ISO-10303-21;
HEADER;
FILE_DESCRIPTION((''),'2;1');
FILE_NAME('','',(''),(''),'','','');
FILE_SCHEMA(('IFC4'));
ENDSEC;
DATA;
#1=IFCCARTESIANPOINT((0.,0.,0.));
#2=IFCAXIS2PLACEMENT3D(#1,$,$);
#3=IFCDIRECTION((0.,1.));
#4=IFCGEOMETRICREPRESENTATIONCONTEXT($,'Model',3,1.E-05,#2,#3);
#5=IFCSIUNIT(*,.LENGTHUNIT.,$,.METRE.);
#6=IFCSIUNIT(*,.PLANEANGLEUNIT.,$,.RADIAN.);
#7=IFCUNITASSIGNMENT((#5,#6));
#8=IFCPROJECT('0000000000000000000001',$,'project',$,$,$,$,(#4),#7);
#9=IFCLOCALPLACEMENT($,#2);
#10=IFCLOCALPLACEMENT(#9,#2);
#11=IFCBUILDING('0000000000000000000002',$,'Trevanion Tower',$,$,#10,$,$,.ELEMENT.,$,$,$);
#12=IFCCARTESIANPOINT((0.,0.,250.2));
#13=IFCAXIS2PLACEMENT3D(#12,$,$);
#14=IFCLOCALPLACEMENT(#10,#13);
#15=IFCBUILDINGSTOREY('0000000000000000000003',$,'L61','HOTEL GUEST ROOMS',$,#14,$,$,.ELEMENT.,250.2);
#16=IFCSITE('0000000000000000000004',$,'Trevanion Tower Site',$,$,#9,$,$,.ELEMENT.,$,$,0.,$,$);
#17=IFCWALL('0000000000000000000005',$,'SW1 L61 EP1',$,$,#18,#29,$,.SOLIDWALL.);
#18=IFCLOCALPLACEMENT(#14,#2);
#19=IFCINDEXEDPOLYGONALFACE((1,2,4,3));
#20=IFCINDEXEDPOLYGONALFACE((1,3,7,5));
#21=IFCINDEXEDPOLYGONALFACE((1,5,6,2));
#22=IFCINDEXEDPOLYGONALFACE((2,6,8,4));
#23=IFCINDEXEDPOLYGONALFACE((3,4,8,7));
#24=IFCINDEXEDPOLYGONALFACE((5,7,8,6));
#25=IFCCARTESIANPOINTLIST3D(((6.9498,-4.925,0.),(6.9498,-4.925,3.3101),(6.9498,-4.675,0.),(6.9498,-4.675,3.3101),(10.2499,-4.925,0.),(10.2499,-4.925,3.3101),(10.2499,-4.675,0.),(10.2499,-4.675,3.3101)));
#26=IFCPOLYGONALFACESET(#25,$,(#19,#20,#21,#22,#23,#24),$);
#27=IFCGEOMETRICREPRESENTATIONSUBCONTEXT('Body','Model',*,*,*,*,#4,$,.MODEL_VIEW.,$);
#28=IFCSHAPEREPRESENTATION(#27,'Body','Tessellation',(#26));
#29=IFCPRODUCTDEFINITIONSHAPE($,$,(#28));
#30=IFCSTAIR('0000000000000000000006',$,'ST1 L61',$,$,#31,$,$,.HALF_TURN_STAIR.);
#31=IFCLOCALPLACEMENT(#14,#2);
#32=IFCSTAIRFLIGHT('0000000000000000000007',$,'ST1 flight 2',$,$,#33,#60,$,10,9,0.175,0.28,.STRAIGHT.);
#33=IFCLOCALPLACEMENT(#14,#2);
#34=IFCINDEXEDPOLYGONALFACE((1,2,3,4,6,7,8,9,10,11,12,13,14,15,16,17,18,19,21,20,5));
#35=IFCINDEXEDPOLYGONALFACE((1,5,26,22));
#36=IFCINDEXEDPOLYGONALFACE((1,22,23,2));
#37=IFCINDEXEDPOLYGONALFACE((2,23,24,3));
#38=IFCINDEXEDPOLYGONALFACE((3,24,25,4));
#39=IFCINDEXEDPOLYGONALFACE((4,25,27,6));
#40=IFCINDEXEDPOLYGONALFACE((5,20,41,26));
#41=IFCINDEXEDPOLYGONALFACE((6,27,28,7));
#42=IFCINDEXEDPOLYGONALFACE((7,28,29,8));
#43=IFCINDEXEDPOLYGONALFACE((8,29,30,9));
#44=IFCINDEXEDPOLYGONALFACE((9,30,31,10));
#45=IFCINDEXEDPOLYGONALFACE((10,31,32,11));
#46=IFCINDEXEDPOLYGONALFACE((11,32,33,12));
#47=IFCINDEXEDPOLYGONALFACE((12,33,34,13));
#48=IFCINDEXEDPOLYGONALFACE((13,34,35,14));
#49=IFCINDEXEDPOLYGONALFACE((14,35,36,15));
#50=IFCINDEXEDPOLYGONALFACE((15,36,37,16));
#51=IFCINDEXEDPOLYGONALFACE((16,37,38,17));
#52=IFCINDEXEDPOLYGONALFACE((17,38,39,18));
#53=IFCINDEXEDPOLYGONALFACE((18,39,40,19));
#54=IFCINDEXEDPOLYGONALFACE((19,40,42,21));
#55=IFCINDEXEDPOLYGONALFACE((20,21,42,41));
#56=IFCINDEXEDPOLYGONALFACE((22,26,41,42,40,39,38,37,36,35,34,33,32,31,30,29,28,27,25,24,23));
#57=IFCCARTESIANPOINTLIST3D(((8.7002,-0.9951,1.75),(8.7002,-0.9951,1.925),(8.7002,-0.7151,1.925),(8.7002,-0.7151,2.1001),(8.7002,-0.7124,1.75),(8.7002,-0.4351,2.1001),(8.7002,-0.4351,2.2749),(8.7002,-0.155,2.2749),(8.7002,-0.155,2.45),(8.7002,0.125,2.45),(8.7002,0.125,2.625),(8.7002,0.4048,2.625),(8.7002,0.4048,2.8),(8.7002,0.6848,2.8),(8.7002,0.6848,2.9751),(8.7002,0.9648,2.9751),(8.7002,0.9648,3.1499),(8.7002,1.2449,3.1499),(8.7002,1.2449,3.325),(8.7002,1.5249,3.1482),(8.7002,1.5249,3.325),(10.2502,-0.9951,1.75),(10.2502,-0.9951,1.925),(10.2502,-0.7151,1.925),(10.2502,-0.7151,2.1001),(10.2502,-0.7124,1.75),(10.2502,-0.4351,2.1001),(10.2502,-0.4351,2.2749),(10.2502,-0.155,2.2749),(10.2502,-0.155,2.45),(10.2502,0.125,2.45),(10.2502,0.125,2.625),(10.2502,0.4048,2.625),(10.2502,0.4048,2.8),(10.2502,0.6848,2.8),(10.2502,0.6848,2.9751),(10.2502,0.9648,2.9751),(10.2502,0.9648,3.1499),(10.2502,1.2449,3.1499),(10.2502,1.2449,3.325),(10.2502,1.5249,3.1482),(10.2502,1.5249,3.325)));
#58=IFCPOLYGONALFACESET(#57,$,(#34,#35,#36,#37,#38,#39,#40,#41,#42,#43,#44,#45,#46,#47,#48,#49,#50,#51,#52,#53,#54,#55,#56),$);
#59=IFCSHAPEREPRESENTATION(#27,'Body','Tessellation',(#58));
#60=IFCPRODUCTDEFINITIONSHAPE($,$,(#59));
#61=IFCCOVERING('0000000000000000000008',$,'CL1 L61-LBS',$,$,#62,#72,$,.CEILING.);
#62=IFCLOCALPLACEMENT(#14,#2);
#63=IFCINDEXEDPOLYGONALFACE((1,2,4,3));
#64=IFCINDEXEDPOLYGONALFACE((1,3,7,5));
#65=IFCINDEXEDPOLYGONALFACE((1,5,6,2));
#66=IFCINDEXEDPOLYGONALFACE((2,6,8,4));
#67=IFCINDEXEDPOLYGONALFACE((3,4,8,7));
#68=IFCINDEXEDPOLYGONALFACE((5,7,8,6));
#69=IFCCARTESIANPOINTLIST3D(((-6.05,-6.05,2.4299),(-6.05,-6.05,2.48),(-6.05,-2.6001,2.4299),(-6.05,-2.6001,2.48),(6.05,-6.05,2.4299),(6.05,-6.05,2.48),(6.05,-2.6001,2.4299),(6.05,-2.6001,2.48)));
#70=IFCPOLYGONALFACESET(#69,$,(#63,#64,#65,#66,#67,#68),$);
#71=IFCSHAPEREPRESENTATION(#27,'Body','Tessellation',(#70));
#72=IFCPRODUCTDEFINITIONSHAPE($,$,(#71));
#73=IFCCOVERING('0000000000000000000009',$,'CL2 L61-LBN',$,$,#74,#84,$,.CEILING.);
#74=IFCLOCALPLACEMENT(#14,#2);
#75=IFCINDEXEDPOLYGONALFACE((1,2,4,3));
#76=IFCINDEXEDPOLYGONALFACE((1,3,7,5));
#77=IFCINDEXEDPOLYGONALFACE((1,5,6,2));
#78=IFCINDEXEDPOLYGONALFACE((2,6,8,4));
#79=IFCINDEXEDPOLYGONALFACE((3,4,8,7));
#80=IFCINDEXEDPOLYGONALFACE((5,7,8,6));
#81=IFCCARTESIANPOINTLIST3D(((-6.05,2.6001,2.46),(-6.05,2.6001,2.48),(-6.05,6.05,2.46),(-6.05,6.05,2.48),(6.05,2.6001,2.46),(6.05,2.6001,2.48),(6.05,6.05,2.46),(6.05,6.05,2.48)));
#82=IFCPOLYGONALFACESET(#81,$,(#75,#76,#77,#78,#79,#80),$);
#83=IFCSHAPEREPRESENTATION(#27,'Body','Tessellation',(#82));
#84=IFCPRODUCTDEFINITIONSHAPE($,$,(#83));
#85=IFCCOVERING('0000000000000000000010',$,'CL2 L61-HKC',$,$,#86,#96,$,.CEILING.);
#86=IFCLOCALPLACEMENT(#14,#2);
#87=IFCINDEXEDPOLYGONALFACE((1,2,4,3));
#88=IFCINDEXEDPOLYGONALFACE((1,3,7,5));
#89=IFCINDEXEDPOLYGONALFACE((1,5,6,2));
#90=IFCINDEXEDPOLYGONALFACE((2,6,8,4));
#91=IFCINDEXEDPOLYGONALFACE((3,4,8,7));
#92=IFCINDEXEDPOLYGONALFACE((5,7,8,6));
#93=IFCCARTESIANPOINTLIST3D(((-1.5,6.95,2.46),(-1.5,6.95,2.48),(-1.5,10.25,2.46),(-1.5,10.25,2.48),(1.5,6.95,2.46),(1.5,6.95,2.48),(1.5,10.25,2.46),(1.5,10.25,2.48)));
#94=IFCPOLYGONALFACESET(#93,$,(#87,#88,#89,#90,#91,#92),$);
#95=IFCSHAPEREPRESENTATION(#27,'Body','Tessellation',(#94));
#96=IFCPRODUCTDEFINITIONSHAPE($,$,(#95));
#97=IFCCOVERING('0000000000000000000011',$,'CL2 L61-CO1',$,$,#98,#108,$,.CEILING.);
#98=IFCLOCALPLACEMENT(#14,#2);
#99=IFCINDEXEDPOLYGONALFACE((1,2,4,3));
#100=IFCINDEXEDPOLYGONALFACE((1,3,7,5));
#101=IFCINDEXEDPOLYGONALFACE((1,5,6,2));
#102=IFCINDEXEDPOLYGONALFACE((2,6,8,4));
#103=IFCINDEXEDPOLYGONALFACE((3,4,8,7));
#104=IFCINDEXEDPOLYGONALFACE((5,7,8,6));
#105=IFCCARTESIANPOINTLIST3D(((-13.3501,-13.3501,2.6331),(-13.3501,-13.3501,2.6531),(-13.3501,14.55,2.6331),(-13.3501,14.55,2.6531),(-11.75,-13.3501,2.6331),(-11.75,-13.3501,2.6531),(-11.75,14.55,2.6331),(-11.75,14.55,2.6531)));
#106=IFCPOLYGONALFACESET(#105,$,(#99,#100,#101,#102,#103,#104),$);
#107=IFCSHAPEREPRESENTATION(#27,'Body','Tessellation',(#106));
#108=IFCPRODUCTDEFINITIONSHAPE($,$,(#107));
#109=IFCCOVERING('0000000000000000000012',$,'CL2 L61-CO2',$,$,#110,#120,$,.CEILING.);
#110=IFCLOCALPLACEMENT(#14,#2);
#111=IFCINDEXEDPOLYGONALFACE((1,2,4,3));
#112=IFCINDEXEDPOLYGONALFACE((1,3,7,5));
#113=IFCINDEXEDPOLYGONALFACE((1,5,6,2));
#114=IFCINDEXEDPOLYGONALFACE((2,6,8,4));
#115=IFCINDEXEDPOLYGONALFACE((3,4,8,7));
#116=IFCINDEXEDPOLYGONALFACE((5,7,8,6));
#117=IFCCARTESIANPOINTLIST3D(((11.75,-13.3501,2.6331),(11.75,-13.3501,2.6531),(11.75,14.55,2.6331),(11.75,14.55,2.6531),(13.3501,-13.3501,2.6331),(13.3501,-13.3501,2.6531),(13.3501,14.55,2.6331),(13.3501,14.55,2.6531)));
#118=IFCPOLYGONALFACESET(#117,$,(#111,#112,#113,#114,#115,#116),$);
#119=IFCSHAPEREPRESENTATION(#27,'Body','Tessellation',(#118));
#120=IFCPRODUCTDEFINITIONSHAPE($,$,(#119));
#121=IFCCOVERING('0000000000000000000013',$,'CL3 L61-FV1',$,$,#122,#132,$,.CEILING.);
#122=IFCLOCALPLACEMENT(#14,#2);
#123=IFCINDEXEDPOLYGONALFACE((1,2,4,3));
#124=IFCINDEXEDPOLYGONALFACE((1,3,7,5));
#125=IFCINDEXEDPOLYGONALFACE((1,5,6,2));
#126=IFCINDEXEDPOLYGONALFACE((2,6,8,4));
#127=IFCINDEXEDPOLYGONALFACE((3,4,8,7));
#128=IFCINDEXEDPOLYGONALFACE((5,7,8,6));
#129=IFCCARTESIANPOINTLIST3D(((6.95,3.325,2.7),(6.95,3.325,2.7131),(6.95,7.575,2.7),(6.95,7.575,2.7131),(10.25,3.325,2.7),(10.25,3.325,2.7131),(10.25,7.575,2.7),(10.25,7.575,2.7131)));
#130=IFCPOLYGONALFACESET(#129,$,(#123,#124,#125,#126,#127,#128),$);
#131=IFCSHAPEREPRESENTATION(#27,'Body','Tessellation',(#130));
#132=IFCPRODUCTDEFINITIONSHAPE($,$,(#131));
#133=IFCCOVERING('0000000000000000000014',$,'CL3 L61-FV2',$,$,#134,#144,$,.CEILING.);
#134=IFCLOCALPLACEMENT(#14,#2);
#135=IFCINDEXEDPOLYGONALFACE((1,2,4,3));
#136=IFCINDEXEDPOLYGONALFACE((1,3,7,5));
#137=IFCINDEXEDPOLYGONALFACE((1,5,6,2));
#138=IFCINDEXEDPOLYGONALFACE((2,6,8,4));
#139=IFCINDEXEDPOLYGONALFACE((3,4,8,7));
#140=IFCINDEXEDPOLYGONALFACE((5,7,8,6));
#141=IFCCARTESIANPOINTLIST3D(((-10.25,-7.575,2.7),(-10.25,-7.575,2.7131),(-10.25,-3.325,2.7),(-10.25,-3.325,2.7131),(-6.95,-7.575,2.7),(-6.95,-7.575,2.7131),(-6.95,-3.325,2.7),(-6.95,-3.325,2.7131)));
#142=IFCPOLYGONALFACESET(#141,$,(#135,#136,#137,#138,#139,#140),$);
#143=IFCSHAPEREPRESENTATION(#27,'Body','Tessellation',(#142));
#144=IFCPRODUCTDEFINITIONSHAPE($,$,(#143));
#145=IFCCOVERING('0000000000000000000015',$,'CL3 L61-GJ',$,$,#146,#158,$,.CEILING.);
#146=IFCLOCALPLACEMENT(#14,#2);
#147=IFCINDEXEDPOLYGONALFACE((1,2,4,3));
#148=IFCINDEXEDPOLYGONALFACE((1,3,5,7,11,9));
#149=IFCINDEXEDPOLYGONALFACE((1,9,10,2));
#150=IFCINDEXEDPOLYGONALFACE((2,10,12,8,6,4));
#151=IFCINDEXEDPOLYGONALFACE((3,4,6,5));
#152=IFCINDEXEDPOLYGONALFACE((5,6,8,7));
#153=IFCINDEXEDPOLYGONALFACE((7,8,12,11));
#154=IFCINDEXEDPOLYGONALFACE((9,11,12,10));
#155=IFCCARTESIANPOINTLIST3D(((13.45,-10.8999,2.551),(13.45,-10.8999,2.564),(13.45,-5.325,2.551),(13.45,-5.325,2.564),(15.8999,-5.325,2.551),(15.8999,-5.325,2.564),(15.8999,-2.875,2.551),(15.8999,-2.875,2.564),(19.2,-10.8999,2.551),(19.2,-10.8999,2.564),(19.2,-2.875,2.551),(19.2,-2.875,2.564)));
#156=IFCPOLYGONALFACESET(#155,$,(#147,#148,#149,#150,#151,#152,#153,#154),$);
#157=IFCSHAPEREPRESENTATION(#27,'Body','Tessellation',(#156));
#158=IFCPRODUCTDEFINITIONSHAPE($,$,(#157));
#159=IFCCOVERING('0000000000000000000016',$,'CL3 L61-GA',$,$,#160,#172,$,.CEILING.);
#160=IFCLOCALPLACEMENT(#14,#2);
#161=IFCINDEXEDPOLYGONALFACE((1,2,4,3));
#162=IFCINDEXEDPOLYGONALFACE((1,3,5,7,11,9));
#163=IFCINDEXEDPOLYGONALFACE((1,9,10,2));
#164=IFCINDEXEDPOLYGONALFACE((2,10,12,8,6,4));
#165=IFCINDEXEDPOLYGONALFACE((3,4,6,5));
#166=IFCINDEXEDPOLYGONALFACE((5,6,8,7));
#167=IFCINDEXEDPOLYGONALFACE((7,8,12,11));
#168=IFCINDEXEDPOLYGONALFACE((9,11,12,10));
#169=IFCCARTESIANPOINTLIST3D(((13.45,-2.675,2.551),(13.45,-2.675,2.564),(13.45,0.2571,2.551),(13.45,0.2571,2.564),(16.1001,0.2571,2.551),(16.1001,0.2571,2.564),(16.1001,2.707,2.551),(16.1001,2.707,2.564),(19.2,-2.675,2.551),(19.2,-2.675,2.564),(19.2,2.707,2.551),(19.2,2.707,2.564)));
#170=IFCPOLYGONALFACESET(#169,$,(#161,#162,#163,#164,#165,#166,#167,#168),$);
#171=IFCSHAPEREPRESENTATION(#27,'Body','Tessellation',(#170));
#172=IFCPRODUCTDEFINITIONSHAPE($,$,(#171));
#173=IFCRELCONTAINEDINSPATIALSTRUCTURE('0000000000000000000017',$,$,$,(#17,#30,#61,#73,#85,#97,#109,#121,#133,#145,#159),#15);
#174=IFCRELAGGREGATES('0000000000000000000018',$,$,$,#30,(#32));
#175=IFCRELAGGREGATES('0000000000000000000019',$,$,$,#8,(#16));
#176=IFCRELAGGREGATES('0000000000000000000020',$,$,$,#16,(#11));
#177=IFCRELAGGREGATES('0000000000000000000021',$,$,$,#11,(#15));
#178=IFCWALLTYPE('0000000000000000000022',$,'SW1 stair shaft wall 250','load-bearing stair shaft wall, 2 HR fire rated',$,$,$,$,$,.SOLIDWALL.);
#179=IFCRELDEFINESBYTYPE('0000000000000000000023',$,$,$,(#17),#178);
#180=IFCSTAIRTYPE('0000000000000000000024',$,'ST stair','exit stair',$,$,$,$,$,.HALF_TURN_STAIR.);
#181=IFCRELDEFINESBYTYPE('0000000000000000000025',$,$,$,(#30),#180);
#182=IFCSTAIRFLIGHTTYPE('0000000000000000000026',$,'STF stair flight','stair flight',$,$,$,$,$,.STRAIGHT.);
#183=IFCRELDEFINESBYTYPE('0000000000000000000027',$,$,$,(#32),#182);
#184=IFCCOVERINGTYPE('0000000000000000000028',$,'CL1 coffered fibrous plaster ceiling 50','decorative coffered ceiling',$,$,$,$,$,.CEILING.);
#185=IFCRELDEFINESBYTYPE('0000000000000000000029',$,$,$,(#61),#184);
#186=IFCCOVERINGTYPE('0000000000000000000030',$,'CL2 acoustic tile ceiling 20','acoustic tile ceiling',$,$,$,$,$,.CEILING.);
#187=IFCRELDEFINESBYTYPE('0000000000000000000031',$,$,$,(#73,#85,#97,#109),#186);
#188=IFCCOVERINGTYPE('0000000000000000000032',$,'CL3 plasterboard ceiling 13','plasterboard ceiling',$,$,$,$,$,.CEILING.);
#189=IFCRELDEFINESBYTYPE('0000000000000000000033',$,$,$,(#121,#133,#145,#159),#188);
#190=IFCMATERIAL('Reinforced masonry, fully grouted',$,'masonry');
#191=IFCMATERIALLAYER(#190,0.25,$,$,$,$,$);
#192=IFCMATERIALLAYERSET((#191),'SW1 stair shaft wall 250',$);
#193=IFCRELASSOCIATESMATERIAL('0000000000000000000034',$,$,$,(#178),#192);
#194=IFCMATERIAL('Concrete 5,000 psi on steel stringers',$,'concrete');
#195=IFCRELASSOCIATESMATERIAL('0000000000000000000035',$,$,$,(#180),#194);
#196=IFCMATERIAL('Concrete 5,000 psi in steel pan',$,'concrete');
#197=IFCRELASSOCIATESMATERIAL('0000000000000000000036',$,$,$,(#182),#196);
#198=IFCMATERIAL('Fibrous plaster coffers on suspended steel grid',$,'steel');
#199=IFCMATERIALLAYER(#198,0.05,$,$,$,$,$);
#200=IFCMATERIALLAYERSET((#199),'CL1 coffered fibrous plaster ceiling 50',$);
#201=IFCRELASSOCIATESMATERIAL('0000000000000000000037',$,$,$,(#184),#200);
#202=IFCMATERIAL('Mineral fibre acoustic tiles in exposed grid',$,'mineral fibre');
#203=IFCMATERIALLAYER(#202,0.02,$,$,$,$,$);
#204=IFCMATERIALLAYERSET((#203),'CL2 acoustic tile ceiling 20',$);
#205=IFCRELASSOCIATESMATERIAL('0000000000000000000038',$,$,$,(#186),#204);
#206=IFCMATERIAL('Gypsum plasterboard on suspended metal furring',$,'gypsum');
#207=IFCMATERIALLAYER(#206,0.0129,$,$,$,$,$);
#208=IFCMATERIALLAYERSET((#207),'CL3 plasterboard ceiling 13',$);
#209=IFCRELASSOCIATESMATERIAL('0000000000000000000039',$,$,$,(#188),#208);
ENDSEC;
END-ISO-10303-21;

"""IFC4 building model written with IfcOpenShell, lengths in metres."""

from ifc_helpers import new_model, si_unit, direction, frame, frame_2d, origin, place, context, subcontext, project, spatial, polyline, rectangle, outline, extrude, material, layer, layer_set, type_object, element, aggregate, save


model = new_model("IFC4")

# Units and contexts
model_context = context("Model", 3, precision=1e-05, world=origin(), true_north=direction((0.0, 1.0)))
body_context = subcontext(model_context, "Body", "Model", "MODEL_VIEW")
ifc_project = project(units=[si_unit("LENGTHUNIT", "METRE"), si_unit("PLANEANGLEUNIT", "RADIAN")], contexts=[model_context])

# Site, building, storey
site_placement = place(None, origin())
site = spatial("IfcSite", under=ifc_project, at=site_placement, Name="Trevanion Tower Site", CompositionType="ELEMENT", RefElevation=0.0)
building_placement = place(site_placement, origin())
building = spatial("IfcBuilding", under=site, at=building_placement, Name="Trevanion Tower", CompositionType="ELEMENT")
storey_placement = place(building_placement, frame((0.0, 0.0, 250.2)))
storey = spatial("IfcBuildingStorey", under=building, at=storey_placement, Name="L61", Description="HOTEL GUEST ROOMS", CompositionType="ELEMENT", Elevation=250.2)

# Wall
ifc_material_1 = material(Name="Reinforced masonry, fully grouted", Category="masonry")
ifc_layer_1 = layer(ifc_material_1, 0.25)
ifc_layer_set_1 = layer_set([ifc_layer_1], Name="SW1 stair shaft wall 250")
wall_type_1 = type_object("IfcWallType", Name="SW1 stair shaft wall 250", Description="load-bearing stair shaft wall, 2 HR fire rated", PredefinedType="SOLIDWALL", material=ifc_layer_set_1)
wall_1_placement = place(storey_placement, frame((6.95, -4.8, 0.0), z_axis=(0.0, 0.0, 1.0), x_axis=(1.0, 0.0, 0.0)))
element("IfcWall", 1, at=wall_1_placement, inside=storey, type_object=wall_type_1, Name="SW1 L61 EP1", PredefinedType="SOLIDWALL", context=body_context, shape_type="SweptSolid", body=[
    extrude(rectangle(XDim=3.3, YDim=0.25, at=frame_2d((1.6499, 0.0))), origin(), (0.0, 0.0, 1.0), 3.3101),
])

# Stair, stair flight
ifc_material_2 = material(Name="Concrete 5,000 psi on steel stringers", Category="concrete")
stair_type = type_object("IfcStairType", Name="ST stair", Description="exit stair", PredefinedType="HALF_TURN_STAIR", material=ifc_material_2)
stair_placement = place(storey_placement, origin())
stair = element("IfcStair", 2, at=stair_placement, inside=storey, type_object=stair_type, Name="ST1 L61", PredefinedType="HALF_TURN_STAIR")
ifc_material_3 = material(Name="Concrete 5,000 psi in steel pan", Category="concrete")
stair_flight_type = type_object("IfcStairFlightType", Name="STF stair flight", Description="stair flight", PredefinedType="STRAIGHT", material=ifc_material_3)
stair_flight_placement = place(storey_placement, frame((9.4751, -0.9951, 1.75), z_axis=(0.0, 0.0, 1.0), x_axis=(0.0, 1.0, 0.0)))
stair_flight = element("IfcStairFlight", 3, at=stair_flight_placement, type_object=stair_flight_type, Name="ST1 flight 2", NumberOfRisers=10, NumberOfTreads=9, PredefinedType="STRAIGHT", RiserHeight=0.175, TreadLength=0.28, context=body_context, shape_type="SweptSolid", body=[
    extrude(outline(polyline([(0.0, 0.0), (0.0, 0.175), (0.28, 0.175), (0.28, 0.3501), (0.5601, 0.3501), (0.5601, 0.5249), (0.8401, 0.5249), (0.8401, 0.7), (1.1201, 0.7), (1.1201, 0.875), (1.3999, 0.875), (1.3999, 1.05), (1.6799, 1.05), (1.6799, 1.2251), (1.96, 1.2251), (1.96, 1.3999), (2.24, 1.3999), (2.24, 1.575), (2.52, 1.575), (2.52, 1.75), (2.52, 1.3982), (0.2827, 0.0), (0.0, 0.0)])), frame((0.0, 0.7749, 0.0), z_axis=(0.0, -1.0, 0.0), x_axis=(1.0, 0.0, 0.0)), (0.0, 0.0, 1.0), 1.55),
])
aggregate(stair, [stair_flight])

# Coverings
ifc_material_4 = material(Name="Fibrous plaster coffers on suspended steel grid", Category="steel")
ifc_layer_2 = layer(ifc_material_4, 0.05)
ifc_layer_set_2 = layer_set([ifc_layer_2], Name="CL1 coffered fibrous plaster ceiling 50")
covering_type_1 = type_object("IfcCoveringType", Name="CL1 coffered fibrous plaster ceiling 50", Description="decorative coffered ceiling", PredefinedType="CEILING", material=ifc_layer_set_2)
covering_1_placement = place(storey_placement, frame((0.0, 0.0, 2.4299)))
element("IfcCovering", 4, at=covering_1_placement, inside=storey, type_object=covering_type_1, Name="CL1 L61-LBS", PredefinedType="CEILING", context=body_context, shape_type="SweptSolid", body=[
    extrude(outline(polyline([(6.05, -6.05), (6.05, -2.6001), (-6.05, -2.6001), (-6.05, -6.05), (6.05, -6.05)])), origin(), (0.0, 0.0, 1.0), 0.05),
])
ifc_material_5 = material(Name="Mineral fibre acoustic tiles in exposed grid", Category="mineral fibre")
ifc_layer_3 = layer(ifc_material_5, 0.02)
ifc_layer_set_3 = layer_set([ifc_layer_3], Name="CL2 acoustic tile ceiling 20")
covering_type_2 = type_object("IfcCoveringType", Name="CL2 acoustic tile ceiling 20", Description="acoustic tile ceiling", PredefinedType="CEILING", material=ifc_layer_set_3)
covering_2_placement = place(storey_placement, frame((0.0, 0.0, 2.46)))
element("IfcCovering", 5, at=covering_2_placement, inside=storey, type_object=covering_type_2, Name="CL2 L61-LBN", PredefinedType="CEILING", context=body_context, shape_type="SweptSolid", body=[
    extrude(outline(polyline([(6.05, 2.6001), (6.05, 6.05), (-6.05, 6.05), (-6.05, 2.6001), (6.05, 2.6001)])), origin(), (0.0, 0.0, 1.0), 0.02),
])
covering_3_placement = place(storey_placement, frame((0.0, 0.0, 2.46)))
element("IfcCovering", 6, at=covering_3_placement, inside=storey, type_object=covering_type_2, Name="CL2 L61-HKC", PredefinedType="CEILING", context=body_context, shape_type="SweptSolid", body=[
    extrude(outline(polyline([(1.5, 6.95), (1.5, 10.25), (-1.5, 10.25), (-1.5, 6.95), (1.5, 6.95)])), origin(), (0.0, 0.0, 1.0), 0.02),
])
covering_4_placement = place(storey_placement, frame((0.0, 0.0, 2.6331)))
element("IfcCovering", 7, at=covering_4_placement, inside=storey, type_object=covering_type_2, Name="CL2 L61-CO1", PredefinedType="CEILING", context=body_context, shape_type="SweptSolid", body=[
    extrude(outline(polyline([(-11.75, 14.55), (-11.75, -13.3501), (-13.3501, -13.3501), (-13.3501, 14.55), (-11.75, 14.55)])), origin(), (0.0, 0.0, 1.0), 0.02),
])
covering_5_placement = place(storey_placement, frame((0.0, 0.0, 2.6331)))
element("IfcCovering", 8, at=covering_5_placement, inside=storey, type_object=covering_type_2, Name="CL2 L61-CO2", PredefinedType="CEILING", context=body_context, shape_type="SweptSolid", body=[
    extrude(outline(polyline([(11.75, -13.3501), (11.75, 14.55), (13.3501, 14.55), (13.3501, -13.3501), (11.75, -13.3501)])), origin(), (0.0, 0.0, 1.0), 0.02),
])
ifc_material_6 = material(Name="Gypsum plasterboard on suspended metal furring", Category="gypsum")
ifc_layer_4 = layer(ifc_material_6, 0.0129)
ifc_layer_set_4 = layer_set([ifc_layer_4], Name="CL3 plasterboard ceiling 13")
covering_type_3 = type_object("IfcCoveringType", Name="CL3 plasterboard ceiling 13", Description="plasterboard ceiling", PredefinedType="CEILING", material=ifc_layer_set_4)
covering_6_placement = place(storey_placement, frame((0.0, 0.0, 2.7)))
element("IfcCovering", 9, at=covering_6_placement, inside=storey, type_object=covering_type_3, Name="CL3 L61-FV1", PredefinedType="CEILING", context=body_context, shape_type="SweptSolid", body=[
    extrude(outline(polyline([(10.25, 3.325), (10.25, 7.575), (6.95, 7.575), (6.95, 3.325), (10.25, 3.325)])), origin(), (0.0, 0.0, 1.0), 0.0132),
])
covering_7_placement = place(storey_placement, frame((0.0, 0.0, 2.7)))
element("IfcCovering", 10, at=covering_7_placement, inside=storey, type_object=covering_type_3, Name="CL3 L61-FV2", PredefinedType="CEILING", context=body_context, shape_type="SweptSolid", body=[
    extrude(outline(polyline([(-10.25, -3.325), (-10.25, -7.575), (-6.95, -7.575), (-6.95, -3.325), (-10.25, -3.325)])), origin(), (0.0, 0.0, 1.0), 0.0132),
])
covering_8_placement = place(storey_placement, frame((0.0, 0.0, 2.551)))
element("IfcCovering", 11, at=covering_8_placement, inside=storey, type_object=covering_type_3, Name="CL3 L61-GJ", PredefinedType="CEILING", context=body_context, shape_type="SweptSolid", body=[
    extrude(outline(polyline([(13.45, -5.325), (15.8999, -5.325), (15.8999, -2.875), (19.2, -2.875), (19.2, -10.8999), (13.45, -10.8999), (13.45, -5.325)])), origin(), (0.0, 0.0, 1.0), 0.0129),
])
covering_9_placement = place(storey_placement, frame((0.0, 0.0, 2.551)))
element("IfcCovering", 12, at=covering_9_placement, inside=storey, type_object=covering_type_3, Name="CL3 L61-GA", PredefinedType="CEILING", context=body_context, shape_type="SweptSolid", body=[
    extrude(outline(polyline([(13.45, 0.2571), (16.1001, 0.2571), (16.1001, 2.707), (19.2, 2.707), (19.2, -2.675), (13.45, -2.675), (13.45, 0.2571)])), origin(), (0.0, 0.0, 1.0), 0.0129),
])

save(model, "model.ifc")
